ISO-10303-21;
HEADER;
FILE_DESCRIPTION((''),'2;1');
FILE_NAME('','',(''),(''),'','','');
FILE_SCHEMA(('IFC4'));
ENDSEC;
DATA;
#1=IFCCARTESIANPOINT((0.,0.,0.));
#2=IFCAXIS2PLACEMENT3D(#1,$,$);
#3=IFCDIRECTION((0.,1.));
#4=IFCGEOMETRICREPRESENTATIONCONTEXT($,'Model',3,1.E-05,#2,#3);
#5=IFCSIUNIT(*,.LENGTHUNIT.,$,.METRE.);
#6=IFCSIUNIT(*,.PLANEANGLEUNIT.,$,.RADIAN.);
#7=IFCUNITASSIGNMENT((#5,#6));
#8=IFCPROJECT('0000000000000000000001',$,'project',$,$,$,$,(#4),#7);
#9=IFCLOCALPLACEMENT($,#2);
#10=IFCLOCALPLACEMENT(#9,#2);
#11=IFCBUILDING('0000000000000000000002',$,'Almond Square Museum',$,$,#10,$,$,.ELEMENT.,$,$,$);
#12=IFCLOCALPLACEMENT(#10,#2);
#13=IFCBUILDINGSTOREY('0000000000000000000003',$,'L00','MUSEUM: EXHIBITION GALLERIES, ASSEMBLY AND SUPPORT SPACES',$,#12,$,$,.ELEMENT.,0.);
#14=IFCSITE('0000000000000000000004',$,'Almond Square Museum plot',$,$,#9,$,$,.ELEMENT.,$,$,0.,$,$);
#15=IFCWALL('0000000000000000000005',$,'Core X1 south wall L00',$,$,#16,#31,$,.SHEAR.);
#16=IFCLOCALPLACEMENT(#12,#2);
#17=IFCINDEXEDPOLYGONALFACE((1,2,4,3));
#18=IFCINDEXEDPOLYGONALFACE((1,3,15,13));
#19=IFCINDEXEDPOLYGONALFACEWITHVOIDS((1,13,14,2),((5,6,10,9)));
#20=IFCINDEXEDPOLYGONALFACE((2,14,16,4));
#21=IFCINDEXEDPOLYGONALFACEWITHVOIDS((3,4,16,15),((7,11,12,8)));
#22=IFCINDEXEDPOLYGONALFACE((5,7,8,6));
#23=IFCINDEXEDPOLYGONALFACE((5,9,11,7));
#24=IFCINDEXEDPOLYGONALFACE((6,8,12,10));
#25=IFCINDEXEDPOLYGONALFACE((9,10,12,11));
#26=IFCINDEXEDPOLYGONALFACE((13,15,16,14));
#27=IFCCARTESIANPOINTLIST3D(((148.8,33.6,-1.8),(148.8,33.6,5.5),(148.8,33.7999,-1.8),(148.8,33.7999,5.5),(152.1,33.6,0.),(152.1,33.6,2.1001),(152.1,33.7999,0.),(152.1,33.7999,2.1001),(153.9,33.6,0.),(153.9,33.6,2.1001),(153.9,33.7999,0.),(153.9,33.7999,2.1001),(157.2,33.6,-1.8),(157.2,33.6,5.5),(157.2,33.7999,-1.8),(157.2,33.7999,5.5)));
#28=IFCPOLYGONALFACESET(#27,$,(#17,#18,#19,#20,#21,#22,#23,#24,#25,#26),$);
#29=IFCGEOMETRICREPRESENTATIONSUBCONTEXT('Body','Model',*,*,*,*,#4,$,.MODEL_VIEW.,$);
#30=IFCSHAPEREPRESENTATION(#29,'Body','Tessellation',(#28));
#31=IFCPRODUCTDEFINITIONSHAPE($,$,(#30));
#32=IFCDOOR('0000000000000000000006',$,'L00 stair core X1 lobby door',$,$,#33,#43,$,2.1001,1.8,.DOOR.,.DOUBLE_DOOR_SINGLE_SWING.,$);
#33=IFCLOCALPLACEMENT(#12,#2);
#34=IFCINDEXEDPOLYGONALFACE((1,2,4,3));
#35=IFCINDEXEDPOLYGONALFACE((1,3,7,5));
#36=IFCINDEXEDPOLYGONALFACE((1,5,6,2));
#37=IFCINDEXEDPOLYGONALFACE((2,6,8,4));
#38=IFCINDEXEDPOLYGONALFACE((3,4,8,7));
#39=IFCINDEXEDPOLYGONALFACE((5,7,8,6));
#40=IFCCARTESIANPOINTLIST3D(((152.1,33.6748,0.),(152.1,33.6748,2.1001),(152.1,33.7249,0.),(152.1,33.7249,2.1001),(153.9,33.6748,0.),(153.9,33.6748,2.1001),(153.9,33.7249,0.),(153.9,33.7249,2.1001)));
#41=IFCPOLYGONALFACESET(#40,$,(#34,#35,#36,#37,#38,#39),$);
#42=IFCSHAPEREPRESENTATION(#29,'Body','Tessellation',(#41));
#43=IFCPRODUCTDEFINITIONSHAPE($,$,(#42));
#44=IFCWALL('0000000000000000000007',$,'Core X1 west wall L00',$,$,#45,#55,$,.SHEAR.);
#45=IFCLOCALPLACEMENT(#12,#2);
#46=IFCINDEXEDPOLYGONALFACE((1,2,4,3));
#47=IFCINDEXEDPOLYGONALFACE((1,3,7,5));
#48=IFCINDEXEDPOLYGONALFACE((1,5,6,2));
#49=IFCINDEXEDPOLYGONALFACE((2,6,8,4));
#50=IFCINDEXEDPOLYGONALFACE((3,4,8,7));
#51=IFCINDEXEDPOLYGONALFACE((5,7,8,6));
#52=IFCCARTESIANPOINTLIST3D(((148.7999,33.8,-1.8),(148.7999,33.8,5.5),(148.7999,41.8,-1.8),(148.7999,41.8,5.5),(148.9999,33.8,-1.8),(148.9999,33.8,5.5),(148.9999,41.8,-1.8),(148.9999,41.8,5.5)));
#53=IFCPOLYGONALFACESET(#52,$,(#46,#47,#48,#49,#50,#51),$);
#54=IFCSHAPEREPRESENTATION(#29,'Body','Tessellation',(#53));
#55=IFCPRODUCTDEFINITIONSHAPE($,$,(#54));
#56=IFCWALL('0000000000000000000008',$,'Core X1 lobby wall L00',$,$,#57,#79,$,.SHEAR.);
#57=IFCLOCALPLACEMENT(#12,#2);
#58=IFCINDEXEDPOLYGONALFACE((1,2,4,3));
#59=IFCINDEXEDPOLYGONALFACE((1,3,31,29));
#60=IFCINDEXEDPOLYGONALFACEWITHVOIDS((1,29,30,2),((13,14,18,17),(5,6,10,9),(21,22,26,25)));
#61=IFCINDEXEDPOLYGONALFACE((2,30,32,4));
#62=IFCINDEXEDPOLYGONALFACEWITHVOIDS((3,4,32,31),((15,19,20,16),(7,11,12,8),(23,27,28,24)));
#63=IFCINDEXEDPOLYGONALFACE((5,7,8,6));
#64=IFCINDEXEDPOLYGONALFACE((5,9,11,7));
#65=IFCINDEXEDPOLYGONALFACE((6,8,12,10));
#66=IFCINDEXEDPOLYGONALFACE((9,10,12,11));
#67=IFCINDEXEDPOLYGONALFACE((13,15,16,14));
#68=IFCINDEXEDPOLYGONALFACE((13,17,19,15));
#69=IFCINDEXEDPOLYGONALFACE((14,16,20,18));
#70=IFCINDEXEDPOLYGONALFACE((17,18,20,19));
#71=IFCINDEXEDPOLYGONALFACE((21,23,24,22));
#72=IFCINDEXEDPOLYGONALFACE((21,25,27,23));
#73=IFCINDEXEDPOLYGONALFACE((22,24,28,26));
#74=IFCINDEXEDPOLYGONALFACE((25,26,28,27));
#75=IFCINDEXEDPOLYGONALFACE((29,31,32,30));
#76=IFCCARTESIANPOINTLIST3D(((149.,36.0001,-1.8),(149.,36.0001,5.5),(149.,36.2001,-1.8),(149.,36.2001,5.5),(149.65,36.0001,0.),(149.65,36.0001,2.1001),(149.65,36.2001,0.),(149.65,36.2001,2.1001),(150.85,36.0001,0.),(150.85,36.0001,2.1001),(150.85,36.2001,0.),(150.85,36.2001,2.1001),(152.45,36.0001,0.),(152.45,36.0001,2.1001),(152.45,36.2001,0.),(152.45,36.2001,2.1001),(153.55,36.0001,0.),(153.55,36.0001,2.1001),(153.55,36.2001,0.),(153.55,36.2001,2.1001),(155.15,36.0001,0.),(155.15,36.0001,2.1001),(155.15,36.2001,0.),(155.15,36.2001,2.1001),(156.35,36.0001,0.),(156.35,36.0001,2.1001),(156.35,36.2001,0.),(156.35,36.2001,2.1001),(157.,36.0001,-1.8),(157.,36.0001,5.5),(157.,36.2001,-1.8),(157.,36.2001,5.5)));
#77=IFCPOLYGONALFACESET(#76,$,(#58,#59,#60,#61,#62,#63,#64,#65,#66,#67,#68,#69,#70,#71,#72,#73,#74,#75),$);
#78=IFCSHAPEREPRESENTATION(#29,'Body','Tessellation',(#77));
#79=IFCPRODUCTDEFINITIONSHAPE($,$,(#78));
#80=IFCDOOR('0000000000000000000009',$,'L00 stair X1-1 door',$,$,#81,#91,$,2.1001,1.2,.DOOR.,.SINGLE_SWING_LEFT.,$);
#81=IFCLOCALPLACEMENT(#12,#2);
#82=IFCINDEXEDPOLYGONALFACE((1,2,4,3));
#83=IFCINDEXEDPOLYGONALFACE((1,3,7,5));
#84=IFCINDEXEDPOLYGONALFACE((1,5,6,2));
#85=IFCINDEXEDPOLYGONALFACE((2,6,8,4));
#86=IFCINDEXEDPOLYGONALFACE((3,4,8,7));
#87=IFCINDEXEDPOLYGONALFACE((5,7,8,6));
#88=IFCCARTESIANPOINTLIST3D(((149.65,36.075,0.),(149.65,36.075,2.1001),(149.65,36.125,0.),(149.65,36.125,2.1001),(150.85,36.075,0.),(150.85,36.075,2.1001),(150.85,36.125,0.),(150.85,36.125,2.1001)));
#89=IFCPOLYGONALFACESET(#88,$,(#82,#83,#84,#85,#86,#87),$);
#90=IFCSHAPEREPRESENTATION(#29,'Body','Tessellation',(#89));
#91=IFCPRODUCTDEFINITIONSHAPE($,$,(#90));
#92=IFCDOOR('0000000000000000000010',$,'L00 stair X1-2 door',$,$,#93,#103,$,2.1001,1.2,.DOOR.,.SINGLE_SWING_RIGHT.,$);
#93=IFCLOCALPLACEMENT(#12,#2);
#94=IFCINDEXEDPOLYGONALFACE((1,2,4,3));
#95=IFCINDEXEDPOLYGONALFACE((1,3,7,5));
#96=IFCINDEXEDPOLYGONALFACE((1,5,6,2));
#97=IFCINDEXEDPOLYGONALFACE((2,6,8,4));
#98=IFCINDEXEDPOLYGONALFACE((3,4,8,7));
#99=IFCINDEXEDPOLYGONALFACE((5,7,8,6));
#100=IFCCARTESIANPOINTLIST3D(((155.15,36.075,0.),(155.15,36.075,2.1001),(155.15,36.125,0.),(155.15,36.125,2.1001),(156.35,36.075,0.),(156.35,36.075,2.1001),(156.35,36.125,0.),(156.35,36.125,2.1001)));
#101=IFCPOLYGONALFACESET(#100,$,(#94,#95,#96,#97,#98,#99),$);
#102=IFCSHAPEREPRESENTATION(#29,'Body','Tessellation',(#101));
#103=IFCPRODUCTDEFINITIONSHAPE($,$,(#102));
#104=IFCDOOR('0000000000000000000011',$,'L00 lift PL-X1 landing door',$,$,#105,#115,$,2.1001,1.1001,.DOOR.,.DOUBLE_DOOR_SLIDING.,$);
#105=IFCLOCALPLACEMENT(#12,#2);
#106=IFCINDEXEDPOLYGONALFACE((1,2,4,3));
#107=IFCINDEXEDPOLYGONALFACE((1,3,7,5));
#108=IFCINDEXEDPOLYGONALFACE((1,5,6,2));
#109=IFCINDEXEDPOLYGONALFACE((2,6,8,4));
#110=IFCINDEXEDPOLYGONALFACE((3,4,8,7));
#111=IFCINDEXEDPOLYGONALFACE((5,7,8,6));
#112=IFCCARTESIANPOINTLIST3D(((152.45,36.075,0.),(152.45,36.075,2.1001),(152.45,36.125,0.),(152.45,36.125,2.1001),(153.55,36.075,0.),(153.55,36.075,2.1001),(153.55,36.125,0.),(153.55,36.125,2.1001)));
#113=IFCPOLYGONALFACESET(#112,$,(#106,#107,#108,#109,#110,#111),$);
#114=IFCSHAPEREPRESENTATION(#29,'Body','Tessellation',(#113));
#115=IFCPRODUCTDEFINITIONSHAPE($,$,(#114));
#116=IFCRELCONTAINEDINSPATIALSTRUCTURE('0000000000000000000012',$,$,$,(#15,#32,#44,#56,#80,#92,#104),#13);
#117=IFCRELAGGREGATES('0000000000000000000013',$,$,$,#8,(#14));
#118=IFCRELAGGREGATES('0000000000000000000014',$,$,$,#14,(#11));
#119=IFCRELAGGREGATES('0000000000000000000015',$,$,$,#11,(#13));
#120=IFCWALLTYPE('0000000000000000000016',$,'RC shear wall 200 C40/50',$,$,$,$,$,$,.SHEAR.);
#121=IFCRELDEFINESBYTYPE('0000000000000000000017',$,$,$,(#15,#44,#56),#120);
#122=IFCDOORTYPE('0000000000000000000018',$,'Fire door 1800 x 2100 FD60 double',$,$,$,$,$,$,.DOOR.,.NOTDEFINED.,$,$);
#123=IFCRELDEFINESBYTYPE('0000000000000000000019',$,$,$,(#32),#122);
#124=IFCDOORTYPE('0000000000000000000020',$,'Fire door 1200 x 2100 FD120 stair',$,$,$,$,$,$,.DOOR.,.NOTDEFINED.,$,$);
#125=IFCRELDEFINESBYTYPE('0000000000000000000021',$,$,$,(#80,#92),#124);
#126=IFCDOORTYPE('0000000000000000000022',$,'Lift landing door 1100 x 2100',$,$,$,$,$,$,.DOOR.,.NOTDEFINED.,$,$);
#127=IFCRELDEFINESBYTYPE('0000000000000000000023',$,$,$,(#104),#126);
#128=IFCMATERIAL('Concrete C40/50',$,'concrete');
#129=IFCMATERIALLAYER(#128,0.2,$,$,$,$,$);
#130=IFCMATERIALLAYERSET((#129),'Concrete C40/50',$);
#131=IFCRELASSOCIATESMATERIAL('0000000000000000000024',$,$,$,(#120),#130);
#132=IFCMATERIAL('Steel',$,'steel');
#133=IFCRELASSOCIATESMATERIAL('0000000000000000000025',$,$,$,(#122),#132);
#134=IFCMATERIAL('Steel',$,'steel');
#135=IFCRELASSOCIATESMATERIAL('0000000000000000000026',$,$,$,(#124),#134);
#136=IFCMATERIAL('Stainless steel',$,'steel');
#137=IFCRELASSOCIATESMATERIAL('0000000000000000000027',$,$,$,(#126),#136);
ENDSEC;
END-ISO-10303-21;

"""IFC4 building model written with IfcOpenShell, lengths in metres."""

from ifc_helpers import new_model, si_unit, direction, frame, frame_2d, origin, place, context, subcontext, project, spatial, rectangle, extrude, material, layer, layer_set, type_object, element, fill, save


model = new_model("IFC4")

# Units and contexts
model_context = context("Model", 3, precision=1e-05, world=origin(), true_north=direction((0.0, 1.0)))
body_context = subcontext(model_context, "Body", "Model", "MODEL_VIEW")
ifc_project = project(units=[si_unit("LENGTHUNIT", "METRE"), si_unit("PLANEANGLEUNIT", "RADIAN")], contexts=[model_context])

# Site, building, storey
site_placement = place(None, origin())
site = spatial("IfcSite", under=ifc_project, at=site_placement, Name="Almond Square Museum plot", CompositionType="ELEMENT", RefElevation=0.0)
building_placement = place(site_placement, origin())
building = spatial("IfcBuilding", under=site, at=building_placement, Name="Almond Square Museum", CompositionType="ELEMENT")
storey_placement = place(building_placement, origin())
storey = spatial("IfcBuildingStorey", under=building, at=storey_placement, Name="L00", Description="MUSEUM: EXHIBITION GALLERIES, ASSEMBLY AND SUPPORT SPACES", CompositionType="ELEMENT", Elevation=0.0)

# Wall, opening, door
ifc_material_1 = material(Name="Concrete C40/50", Category="concrete")
ifc_layer_1 = layer(ifc_material_1, 0.2)
ifc_layer_set_1 = layer_set([ifc_layer_1], Name="Concrete C40/50")
wall_type_1 = type_object("IfcWallType", Name="RC shear wall 200 C40/50", PredefinedType="SHEAR", material=ifc_layer_set_1)
wall_1_placement = place(storey_placement, frame((148.8, 33.7, -1.8), z_axis=(0.0, 0.0, 1.0), x_axis=(1.0, 0.0, 0.0)))
wall_1 = element("IfcWall", 1, at=wall_1_placement, inside=storey, type_object=wall_type_1, Name="Core X1 south wall L00", PredefinedType="SHEAR", context=body_context, shape_type="SweptSolid", body=[
    extrude(rectangle(XDim=8.3999, YDim=0.2, at=frame_2d((4.2, 0.0))), origin(), (0.0, 0.0, 1.0), 7.3),
])
opening_1_placement = place(wall_1_placement, frame((3.3, 0.0, 1.8)))
opening_1 = element("IfcOpeningElement", 2, at=opening_1_placement, cuts=wall_1, PredefinedType="OPENING", context=body_context, shape_type="SweptSolid", body=[
    extrude(rectangle(XDim=1.8, YDim=2.1001, at=frame_2d((0.8999, 1.05))), frame((0.0, 0.1099, 0.0), z_axis=(0.0, -1.0, 0.0), x_axis=(1.0, 0.0, 0.0)), (0.0, 0.0, 1.0), 0.22),
])
ifc_material_2 = material(Name="Steel", Category="steel")
door_type_1 = type_object("IfcDoorType", Name="Fire door 1800 x 2100 FD60 double", OperationType="NOTDEFINED", PredefinedType="DOOR", material=ifc_material_2)
door_1_placement = place(opening_1_placement, origin())
door_1 = element("IfcDoor", 3, at=door_1_placement, inside=storey, type_object=door_type_1, Name="L00 stair core X1 lobby door", OperationType="DOUBLE_DOOR_SINGLE_SWING", OverallHeight=2.1001, OverallWidth=1.8, PredefinedType="DOOR", context=body_context, shape_type="SweptSolid", body=[
    extrude(rectangle(XDim=1.8, YDim=2.1001, at=frame_2d((0.8999, 1.05))), frame((0.0, 0.0249, 0.0), z_axis=(0.0, -1.0, 0.0), x_axis=(1.0, 0.0, 0.0)), (0.0, 0.0, 1.0), 0.05),
])
fill(opening_1, door_1)

# Wall
wall_2_placement = place(storey_placement, frame((148.8999, 33.8, -1.8), z_axis=(0.0, 0.0, 1.0), x_axis=(0.0, 1.0, 0.0)))
element("IfcWall", 4, at=wall_2_placement, inside=storey, type_object=wall_type_1, Name="Core X1 west wall L00", PredefinedType="SHEAR", context=body_context, shape_type="SweptSolid", body=[
    extrude(rectangle(XDim=8.0, YDim=0.2, at=frame_2d((4.0, 0.0))), origin(), (0.0, 0.0, 1.0), 7.3),
])

# Wall, openings, doors
wall_3_placement = place(storey_placement, frame((149.0, 36.1001, -1.8), z_axis=(0.0, 0.0, 1.0), x_axis=(1.0, 0.0, 0.0)))
wall_3 = element("IfcWall", 5, at=wall_3_placement, inside=storey, type_object=wall_type_1, Name="Core X1 lobby wall L00", PredefinedType="SHEAR", context=body_context, shape_type="SweptSolid", body=[
    extrude(rectangle(XDim=8.0, YDim=0.2, at=frame_2d((4.0, 0.0))), origin(), (0.0, 0.0, 1.0), 7.3),
])
opening_2_placement = place(wall_3_placement, frame((0.6499, 0.0, 1.8)))
opening_2 = element("IfcOpeningElement", 6, at=opening_2_placement, cuts=wall_3, PredefinedType="OPENING", context=body_context, shape_type="SweptSolid", body=[
    extrude(rectangle(XDim=1.2, YDim=2.1001, at=frame_2d((0.6001, 1.05))), frame((0.0, 0.1099, 0.0), z_axis=(0.0, -1.0, 0.0), x_axis=(1.0, 0.0, 0.0)), (0.0, 0.0, 1.0), 0.22),
])
opening_3_placement = place(wall_3_placement, frame((6.1499, 0.0, 1.8)))
opening_3 = element("IfcOpeningElement", 7, at=opening_3_placement, cuts=wall_3, PredefinedType="OPENING", context=body_context, shape_type="SweptSolid", body=[
    extrude(rectangle(XDim=1.2, YDim=2.1001, at=frame_2d((0.6001, 1.05))), frame((0.0, 0.1099, 0.0), z_axis=(0.0, -1.0, 0.0), x_axis=(1.0, 0.0, 0.0)), (0.0, 0.0, 1.0), 0.22),
])
opening_4_placement = place(wall_3_placement, frame((3.45, 0.0, 1.8)))
opening_4 = element("IfcOpeningElement", 8, at=opening_4_placement, cuts=wall_3, PredefinedType="OPENING", context=body_context, shape_type="SweptSolid", body=[
    extrude(rectangle(XDim=1.1001, YDim=2.1001, at=frame_2d((0.55, 1.05))), frame((0.0, 0.1099, 0.0), z_axis=(0.0, -1.0, 0.0), x_axis=(1.0, 0.0, 0.0)), (0.0, 0.0, 1.0), 0.22),
])
ifc_material_3 = material(Name="Steel", Category="steel")
door_type_2 = type_object("IfcDoorType", Name="Fire door 1200 x 2100 FD120 stair", OperationType="NOTDEFINED", PredefinedType="DOOR", material=ifc_material_3)
door_2_placement = place(opening_2_placement, origin())
door_2 = element("IfcDoor", 9, at=door_2_placement, inside=storey, type_object=door_type_2, Name="L00 stair X1-1 door", OperationType="SINGLE_SWING_LEFT", OverallHeight=2.1001, OverallWidth=1.2, PredefinedType="DOOR", context=body_context, shape_type="SweptSolid", body=[
    extrude(rectangle(XDim=1.2, YDim=2.1001, at=frame_2d((0.6001, 1.05))), frame((0.0, 0.0249, 0.0), z_axis=(0.0, -1.0, 0.0), x_axis=(1.0, 0.0, 0.0)), (0.0, 0.0, 1.0), 0.05),
])
fill(opening_2, door_2)
door_3_placement = place(opening_3_placement, origin())
door_3 = element("IfcDoor", 10, at=door_3_placement, inside=storey, type_object=door_type_2, Name="L00 stair X1-2 door", OperationType="SINGLE_SWING_RIGHT", OverallHeight=2.1001, OverallWidth=1.2, PredefinedType="DOOR", context=body_context, shape_type="SweptSolid", body=[
    extrude(rectangle(XDim=1.2, YDim=2.1001, at=frame_2d((0.6001, 1.05))), frame((0.0, 0.0249, 0.0), z_axis=(0.0, -1.0, 0.0), x_axis=(1.0, 0.0, 0.0)), (0.0, 0.0, 1.0), 0.05),
])
fill(opening_3, door_3)
ifc_material_4 = material(Name="Stainless steel", Category="steel")
door_type_3 = type_object("IfcDoorType", Name="Lift landing door 1100 x 2100", OperationType="NOTDEFINED", PredefinedType="DOOR", material=ifc_material_4)
door_4_placement = place(opening_4_placement, origin())
door_4 = element("IfcDoor", 11, at=door_4_placement, inside=storey, type_object=door_type_3, Name="L00 lift PL-X1 landing door", OperationType="DOUBLE_DOOR_SLIDING", OverallHeight=2.1001, OverallWidth=1.1001, PredefinedType="DOOR", context=body_context, shape_type="SweptSolid", body=[
    extrude(rectangle(XDim=1.1001, YDim=2.1001, at=frame_2d((0.55, 1.05))), frame((0.0, 0.0249, 0.0), z_axis=(0.0, -1.0, 0.0), x_axis=(1.0, 0.0, 0.0)), (0.0, 0.0, 1.0), 0.05),
])
fill(opening_4, door_4)

save(model, "model.ifc")
